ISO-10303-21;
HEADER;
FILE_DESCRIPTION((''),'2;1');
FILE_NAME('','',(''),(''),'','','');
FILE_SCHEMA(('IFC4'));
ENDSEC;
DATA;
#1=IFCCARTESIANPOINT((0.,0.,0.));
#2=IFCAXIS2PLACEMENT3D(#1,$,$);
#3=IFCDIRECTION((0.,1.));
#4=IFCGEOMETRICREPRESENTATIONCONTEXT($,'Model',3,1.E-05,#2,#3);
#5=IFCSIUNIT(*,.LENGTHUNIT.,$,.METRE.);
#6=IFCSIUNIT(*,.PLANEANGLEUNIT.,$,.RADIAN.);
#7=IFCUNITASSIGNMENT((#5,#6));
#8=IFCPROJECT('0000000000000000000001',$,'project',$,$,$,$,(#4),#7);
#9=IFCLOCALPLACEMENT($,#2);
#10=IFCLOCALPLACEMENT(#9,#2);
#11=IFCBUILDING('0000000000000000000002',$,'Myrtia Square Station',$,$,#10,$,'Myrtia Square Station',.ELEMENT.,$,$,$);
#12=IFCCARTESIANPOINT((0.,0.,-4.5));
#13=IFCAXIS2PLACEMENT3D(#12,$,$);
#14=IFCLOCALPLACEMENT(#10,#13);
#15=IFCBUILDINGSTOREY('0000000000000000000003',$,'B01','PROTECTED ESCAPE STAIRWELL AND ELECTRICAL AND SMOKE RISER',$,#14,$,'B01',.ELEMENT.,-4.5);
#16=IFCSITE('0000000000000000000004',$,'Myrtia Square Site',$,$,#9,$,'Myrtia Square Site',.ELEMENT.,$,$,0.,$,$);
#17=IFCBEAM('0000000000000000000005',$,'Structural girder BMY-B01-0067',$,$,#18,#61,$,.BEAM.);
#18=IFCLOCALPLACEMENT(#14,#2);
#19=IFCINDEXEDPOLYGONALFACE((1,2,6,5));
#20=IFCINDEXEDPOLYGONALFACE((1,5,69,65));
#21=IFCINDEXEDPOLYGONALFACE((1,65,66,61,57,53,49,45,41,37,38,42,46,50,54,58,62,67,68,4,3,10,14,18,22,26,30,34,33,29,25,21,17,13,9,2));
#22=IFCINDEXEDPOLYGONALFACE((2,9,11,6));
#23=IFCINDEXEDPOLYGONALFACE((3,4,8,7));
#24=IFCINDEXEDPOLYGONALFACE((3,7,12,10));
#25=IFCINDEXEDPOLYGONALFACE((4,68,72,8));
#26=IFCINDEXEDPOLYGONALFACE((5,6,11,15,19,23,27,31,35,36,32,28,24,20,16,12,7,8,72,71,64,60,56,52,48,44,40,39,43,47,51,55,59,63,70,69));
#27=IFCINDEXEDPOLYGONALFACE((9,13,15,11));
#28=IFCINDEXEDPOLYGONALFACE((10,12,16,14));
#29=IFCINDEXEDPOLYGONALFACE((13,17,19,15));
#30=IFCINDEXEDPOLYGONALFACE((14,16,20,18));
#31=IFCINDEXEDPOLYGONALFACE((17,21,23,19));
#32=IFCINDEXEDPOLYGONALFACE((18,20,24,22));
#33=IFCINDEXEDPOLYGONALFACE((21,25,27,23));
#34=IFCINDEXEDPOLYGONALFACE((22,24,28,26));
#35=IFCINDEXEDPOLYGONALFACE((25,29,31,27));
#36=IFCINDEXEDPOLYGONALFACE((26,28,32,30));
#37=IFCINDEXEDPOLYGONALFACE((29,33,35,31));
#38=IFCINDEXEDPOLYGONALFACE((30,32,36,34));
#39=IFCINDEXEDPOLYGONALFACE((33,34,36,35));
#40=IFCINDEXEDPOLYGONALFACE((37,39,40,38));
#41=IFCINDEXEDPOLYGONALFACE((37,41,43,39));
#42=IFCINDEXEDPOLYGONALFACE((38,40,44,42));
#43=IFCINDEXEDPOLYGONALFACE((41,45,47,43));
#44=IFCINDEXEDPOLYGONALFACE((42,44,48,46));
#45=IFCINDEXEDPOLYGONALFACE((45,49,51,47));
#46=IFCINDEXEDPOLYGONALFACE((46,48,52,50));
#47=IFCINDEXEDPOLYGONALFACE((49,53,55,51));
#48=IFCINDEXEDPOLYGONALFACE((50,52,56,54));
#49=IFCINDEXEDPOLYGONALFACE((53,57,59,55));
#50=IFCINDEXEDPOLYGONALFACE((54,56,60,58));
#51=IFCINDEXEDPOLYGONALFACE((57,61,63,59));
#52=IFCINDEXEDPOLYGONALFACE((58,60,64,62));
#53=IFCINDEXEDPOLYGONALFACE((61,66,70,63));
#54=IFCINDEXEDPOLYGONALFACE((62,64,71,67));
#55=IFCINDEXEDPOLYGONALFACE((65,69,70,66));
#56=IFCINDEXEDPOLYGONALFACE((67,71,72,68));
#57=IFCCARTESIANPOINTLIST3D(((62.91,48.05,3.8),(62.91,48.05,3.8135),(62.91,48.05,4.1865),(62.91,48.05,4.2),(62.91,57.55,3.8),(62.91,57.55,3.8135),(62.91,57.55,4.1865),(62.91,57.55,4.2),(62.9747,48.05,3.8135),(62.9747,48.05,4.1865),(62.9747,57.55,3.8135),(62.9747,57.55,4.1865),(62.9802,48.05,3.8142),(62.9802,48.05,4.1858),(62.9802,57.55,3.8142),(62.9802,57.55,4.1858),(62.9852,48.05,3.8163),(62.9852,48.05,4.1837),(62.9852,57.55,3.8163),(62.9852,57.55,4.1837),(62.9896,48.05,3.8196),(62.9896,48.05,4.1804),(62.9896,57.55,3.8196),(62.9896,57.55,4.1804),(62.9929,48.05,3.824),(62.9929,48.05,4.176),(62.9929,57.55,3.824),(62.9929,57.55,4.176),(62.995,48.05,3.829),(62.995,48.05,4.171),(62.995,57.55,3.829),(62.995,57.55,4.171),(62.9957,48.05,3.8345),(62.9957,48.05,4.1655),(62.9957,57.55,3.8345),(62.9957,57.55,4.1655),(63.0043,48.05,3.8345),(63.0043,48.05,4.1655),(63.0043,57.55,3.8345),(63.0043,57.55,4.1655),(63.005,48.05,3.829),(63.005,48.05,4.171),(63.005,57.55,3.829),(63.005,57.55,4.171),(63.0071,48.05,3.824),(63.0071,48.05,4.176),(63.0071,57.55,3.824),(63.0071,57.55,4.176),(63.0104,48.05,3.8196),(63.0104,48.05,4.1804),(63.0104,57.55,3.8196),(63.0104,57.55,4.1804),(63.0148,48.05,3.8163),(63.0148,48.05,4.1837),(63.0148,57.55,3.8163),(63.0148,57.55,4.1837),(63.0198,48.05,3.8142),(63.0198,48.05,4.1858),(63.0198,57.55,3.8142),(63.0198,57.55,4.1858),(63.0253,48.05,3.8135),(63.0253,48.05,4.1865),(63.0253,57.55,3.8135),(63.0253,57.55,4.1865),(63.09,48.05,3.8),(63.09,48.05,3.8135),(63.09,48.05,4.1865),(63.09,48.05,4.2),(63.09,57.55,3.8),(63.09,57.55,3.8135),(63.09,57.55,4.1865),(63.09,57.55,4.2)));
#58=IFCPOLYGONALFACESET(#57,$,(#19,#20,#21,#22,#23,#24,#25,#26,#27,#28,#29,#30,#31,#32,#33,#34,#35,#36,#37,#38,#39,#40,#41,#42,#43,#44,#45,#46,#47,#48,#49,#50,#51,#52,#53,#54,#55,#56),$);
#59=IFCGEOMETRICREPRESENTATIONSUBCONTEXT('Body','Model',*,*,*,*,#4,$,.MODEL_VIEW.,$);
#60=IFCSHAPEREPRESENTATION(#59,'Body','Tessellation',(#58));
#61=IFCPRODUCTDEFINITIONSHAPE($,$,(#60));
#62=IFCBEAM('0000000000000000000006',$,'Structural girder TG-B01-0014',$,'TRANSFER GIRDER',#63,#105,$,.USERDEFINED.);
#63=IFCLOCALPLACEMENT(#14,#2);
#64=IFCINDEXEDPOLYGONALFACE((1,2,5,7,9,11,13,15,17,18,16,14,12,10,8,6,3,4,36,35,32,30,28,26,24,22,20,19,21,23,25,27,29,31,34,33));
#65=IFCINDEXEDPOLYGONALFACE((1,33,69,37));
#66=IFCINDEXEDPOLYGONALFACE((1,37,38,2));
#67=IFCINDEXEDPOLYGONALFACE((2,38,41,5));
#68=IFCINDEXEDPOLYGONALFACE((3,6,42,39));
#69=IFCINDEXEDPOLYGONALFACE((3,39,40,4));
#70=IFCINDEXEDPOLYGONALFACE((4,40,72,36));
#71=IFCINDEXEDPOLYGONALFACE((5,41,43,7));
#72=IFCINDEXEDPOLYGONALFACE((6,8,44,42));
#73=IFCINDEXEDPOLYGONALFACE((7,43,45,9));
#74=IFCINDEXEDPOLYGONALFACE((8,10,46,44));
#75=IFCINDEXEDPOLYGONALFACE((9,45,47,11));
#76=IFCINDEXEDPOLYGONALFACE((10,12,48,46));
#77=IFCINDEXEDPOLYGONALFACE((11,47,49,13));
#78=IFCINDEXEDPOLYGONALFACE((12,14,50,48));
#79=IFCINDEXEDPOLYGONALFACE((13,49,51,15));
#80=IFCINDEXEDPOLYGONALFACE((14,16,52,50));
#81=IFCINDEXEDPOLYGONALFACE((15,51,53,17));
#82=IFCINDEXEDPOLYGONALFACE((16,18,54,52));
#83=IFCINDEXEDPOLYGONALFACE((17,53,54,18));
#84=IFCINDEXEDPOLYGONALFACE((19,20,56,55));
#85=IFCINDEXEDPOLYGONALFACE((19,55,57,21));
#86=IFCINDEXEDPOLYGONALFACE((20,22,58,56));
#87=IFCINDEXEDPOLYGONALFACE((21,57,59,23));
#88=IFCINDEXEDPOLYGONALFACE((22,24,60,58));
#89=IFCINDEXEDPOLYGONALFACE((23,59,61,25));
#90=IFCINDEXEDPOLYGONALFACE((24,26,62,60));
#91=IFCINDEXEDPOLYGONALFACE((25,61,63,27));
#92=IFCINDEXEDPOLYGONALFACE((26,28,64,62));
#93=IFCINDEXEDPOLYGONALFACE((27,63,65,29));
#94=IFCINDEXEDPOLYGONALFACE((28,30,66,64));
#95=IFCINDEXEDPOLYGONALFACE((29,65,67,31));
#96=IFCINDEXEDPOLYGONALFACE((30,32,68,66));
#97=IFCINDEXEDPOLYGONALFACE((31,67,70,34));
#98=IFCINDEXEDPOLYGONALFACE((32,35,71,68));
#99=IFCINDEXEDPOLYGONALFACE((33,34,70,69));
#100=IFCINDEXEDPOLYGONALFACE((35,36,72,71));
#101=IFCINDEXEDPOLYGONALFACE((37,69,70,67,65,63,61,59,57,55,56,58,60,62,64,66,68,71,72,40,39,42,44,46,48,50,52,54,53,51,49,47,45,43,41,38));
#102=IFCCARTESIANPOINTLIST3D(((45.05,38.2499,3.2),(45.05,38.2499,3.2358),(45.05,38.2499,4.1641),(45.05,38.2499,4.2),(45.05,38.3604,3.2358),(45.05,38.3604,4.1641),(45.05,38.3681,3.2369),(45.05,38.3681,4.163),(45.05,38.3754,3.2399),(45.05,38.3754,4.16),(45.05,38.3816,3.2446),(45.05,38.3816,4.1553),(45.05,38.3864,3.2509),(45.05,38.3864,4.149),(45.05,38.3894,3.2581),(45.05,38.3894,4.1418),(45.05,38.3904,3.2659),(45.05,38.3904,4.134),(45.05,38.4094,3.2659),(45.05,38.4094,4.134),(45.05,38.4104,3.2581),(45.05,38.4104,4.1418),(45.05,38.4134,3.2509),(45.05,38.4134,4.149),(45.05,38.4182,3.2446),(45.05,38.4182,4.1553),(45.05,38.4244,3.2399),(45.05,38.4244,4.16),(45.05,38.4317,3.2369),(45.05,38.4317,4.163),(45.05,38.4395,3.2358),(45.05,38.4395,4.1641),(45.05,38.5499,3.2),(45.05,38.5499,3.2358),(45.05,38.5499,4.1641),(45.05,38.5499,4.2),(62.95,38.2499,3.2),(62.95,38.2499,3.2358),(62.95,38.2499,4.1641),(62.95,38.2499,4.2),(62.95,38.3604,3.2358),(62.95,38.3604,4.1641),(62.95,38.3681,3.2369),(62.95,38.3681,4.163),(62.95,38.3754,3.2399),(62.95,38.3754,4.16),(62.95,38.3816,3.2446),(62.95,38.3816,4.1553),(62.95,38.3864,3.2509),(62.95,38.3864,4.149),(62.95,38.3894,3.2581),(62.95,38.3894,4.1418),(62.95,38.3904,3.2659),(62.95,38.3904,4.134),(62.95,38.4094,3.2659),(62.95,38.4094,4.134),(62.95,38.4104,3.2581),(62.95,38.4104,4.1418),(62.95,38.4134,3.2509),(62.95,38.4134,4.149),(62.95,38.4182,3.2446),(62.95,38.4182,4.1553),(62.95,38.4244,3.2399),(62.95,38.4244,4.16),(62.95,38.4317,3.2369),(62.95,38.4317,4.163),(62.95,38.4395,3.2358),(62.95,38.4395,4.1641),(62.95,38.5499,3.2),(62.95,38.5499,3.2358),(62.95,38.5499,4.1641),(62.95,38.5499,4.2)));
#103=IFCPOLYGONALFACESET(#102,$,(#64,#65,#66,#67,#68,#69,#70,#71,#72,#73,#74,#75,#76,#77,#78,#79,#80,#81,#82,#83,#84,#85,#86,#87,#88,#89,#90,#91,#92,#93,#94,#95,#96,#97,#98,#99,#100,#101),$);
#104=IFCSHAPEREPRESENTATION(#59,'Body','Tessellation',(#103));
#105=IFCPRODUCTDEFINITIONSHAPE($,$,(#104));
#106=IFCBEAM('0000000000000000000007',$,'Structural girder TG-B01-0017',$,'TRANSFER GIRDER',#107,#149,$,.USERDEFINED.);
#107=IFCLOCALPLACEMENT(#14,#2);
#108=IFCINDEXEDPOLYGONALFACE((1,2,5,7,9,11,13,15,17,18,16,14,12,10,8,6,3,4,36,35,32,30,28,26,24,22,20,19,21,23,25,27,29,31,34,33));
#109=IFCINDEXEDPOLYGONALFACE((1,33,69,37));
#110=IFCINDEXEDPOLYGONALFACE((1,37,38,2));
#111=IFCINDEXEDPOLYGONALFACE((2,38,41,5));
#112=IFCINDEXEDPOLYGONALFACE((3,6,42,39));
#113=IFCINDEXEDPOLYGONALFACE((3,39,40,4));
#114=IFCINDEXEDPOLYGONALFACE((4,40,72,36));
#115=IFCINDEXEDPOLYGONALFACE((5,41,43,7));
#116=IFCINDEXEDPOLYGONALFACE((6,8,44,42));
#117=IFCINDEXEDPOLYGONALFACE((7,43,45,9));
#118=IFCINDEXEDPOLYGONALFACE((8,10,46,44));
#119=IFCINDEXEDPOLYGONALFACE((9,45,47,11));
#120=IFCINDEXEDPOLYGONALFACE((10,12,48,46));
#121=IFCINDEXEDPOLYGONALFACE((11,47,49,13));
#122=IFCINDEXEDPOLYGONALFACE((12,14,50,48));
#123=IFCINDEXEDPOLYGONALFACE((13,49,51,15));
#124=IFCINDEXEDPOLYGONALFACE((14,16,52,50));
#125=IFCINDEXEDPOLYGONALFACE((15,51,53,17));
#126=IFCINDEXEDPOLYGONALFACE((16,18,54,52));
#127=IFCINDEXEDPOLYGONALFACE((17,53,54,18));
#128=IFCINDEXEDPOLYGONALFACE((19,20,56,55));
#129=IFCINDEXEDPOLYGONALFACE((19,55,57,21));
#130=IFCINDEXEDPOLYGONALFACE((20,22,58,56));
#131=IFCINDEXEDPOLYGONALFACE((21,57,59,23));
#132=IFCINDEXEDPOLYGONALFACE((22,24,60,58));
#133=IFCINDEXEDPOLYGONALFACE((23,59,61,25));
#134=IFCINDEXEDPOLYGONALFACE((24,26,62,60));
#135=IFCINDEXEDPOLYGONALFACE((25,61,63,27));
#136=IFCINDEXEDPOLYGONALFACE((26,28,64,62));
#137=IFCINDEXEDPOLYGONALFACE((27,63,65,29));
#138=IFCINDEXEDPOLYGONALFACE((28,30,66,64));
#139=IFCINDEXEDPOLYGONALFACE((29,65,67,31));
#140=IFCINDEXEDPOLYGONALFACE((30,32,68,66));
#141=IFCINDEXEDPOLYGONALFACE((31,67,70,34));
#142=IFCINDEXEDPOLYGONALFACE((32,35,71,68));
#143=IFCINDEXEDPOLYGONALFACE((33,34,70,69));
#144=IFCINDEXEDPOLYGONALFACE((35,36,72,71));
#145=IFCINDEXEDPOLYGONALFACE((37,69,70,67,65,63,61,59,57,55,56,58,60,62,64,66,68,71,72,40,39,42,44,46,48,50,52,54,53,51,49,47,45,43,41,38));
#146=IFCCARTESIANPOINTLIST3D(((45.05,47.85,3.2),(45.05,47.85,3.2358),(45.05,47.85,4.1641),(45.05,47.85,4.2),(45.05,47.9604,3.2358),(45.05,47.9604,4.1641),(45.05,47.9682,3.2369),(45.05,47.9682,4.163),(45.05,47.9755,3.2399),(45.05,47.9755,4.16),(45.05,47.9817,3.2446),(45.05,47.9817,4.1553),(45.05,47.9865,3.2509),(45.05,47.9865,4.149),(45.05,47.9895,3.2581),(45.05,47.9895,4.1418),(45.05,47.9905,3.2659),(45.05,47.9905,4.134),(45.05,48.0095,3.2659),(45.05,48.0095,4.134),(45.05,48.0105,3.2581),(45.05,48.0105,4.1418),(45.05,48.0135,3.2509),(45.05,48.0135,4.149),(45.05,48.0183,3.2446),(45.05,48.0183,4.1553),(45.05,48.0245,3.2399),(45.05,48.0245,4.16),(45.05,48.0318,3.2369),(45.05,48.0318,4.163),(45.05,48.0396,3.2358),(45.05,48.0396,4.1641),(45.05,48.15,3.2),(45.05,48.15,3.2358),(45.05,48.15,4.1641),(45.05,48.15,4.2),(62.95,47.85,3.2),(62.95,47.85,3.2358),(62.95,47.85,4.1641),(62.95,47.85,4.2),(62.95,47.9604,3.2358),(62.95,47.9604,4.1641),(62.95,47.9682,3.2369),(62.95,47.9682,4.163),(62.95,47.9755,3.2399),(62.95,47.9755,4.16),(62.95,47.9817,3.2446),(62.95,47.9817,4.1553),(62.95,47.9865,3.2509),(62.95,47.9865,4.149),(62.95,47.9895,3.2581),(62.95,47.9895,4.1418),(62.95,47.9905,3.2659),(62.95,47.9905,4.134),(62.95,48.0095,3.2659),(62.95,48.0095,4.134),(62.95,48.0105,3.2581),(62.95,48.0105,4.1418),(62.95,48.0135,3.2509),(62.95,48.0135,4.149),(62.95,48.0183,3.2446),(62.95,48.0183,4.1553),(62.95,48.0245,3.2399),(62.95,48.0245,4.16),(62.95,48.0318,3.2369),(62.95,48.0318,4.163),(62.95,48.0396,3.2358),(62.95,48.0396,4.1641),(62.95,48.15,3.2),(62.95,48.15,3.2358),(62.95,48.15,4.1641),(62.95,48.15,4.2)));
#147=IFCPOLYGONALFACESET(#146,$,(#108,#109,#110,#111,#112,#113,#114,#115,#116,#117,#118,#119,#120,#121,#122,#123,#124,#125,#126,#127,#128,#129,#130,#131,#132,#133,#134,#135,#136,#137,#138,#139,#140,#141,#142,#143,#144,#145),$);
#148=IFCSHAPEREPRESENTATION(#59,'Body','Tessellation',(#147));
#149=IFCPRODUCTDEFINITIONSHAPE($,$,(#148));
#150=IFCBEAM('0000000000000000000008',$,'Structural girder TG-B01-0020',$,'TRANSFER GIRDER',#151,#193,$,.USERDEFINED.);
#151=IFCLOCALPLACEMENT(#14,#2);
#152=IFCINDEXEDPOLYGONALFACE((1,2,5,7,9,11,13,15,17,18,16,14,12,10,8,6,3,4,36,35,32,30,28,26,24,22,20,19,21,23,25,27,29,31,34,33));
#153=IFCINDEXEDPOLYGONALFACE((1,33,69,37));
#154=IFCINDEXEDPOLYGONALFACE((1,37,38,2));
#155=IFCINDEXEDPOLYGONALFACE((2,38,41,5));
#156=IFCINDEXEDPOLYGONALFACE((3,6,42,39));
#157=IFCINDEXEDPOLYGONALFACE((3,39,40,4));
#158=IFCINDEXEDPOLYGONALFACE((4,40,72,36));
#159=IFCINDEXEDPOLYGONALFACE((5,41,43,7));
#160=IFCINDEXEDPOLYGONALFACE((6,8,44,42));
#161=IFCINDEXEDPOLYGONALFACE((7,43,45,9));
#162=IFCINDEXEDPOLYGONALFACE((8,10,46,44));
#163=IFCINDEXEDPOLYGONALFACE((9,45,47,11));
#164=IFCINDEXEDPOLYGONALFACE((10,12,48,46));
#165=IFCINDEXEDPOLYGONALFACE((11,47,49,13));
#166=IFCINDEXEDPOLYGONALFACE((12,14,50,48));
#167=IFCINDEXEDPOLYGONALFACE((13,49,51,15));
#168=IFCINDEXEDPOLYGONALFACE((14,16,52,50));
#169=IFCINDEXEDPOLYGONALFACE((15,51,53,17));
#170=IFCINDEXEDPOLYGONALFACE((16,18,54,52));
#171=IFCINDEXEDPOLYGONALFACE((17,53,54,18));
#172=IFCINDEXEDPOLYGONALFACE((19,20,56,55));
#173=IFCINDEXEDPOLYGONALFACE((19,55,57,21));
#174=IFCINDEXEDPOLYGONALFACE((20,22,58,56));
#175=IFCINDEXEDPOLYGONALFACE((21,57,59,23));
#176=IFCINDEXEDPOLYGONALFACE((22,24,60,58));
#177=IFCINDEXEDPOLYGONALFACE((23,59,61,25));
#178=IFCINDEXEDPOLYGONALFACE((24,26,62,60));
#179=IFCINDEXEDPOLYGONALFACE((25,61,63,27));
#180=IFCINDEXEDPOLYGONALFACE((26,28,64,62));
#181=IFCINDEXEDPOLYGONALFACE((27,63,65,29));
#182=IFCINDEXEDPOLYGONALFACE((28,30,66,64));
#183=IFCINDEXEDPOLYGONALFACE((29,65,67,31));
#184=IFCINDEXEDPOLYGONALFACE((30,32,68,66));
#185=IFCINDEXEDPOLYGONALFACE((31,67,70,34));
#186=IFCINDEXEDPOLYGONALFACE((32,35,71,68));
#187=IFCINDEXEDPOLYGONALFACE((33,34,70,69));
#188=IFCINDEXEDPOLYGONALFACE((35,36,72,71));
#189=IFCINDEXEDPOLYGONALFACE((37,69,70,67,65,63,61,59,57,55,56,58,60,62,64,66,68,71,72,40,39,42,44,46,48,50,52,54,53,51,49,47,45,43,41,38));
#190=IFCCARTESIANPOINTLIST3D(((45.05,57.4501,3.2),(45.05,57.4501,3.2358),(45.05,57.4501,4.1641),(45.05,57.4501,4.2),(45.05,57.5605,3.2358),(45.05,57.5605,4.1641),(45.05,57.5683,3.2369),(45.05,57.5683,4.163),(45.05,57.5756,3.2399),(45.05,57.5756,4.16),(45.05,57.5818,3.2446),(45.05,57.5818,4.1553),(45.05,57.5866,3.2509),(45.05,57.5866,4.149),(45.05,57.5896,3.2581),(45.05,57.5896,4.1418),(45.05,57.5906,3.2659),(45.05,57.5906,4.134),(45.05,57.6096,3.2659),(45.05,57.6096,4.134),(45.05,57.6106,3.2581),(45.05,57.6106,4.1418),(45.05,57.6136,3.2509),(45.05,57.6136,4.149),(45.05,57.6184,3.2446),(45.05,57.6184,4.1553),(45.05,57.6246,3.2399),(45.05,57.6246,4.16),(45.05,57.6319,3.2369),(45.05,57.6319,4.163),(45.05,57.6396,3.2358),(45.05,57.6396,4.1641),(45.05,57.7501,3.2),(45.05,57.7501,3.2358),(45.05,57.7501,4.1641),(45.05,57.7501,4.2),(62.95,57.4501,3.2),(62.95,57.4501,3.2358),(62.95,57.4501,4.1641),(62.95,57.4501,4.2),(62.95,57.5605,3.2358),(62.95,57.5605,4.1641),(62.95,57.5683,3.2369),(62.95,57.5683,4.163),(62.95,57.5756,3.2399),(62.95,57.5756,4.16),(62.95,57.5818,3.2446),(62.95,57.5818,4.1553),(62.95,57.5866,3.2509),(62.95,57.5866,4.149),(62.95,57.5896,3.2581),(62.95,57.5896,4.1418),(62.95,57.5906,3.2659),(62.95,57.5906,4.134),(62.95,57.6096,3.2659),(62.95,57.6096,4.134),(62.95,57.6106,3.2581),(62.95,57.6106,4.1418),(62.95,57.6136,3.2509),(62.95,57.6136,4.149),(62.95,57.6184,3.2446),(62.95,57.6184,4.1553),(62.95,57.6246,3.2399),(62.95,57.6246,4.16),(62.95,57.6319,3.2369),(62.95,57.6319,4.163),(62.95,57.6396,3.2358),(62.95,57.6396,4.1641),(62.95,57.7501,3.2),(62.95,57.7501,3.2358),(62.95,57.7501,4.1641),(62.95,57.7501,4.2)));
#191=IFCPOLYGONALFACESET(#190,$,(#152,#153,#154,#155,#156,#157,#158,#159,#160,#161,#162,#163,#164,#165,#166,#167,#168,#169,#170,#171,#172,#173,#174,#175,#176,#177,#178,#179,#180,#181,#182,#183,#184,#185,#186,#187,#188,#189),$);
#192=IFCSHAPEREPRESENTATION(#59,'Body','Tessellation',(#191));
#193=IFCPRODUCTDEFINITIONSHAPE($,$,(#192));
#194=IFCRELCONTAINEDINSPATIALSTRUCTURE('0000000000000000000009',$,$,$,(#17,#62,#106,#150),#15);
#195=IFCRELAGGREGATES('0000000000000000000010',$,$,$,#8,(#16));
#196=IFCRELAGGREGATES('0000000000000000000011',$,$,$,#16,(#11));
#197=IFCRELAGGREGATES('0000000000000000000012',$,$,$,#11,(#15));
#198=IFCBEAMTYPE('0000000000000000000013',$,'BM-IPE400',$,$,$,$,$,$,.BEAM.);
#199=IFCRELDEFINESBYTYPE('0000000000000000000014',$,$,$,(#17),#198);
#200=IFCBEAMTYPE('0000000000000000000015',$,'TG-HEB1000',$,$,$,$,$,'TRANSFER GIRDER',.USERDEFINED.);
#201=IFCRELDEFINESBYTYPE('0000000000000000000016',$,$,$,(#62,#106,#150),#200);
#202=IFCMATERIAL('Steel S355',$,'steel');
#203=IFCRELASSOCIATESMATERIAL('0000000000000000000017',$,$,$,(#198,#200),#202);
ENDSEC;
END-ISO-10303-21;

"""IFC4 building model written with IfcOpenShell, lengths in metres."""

from ifc_helpers import new_model, si_unit, direction, frame, origin, origin_2d, place, context, subcontext, project, spatial, i_section, extrude, material, material_profile, profile_set, type_object, element, save


model = new_model("IFC4")

# Units and contexts
model_context = context("Model", 3, precision=1e-05, world=origin(), true_north=direction((0.0, 1.0)))
body_context = subcontext(model_context, "Body", "Model", "MODEL_VIEW")
ifc_project = project(units=[si_unit("LENGTHUNIT", "METRE"), si_unit("PLANEANGLEUNIT", "RADIAN")], contexts=[model_context])

# Site, building, storey
site_placement = place(None, origin())
site = spatial("IfcSite", under=ifc_project, at=site_placement, Name="Myrtia Square Site", LongName="Myrtia Square Site", CompositionType="ELEMENT", RefElevation=0.0)
building_placement = place(site_placement, origin())
building = spatial("IfcBuilding", under=site, at=building_placement, Name="Myrtia Square Station", LongName="Myrtia Square Station", CompositionType="ELEMENT")
storey_placement = place(building_placement, frame((0.0, 0.0, -4.5)))
storey = spatial("IfcBuildingStorey", under=building, at=storey_placement, Name="B01", Description="PROTECTED ESCAPE STAIRWELL AND ELECTRICAL AND SMOKE RISER", LongName="B01", CompositionType="ELEMENT", Elevation=-4.5)

# Shared definitions
ifc_material_1 = material(Name="Steel S355", Category="steel")

# Beams
ifc_material_profile_1 = material_profile(ifc_material_1, i_section(OverallWidth=0.1799, OverallDepth=0.3999, WebThickness=0.0085, FlangeThickness=0.0134, FilletRadius=0.021, at=origin_2d()), Name="IPE 400")
ifc_profile_set_1 = profile_set([ifc_material_profile_1], Name="Steel S355")
beam_type_1 = type_object("IfcBeamType", Name="BM-IPE400", PredefinedType="BEAM", material=ifc_profile_set_1)
for number, where, z_axis, x_axis, name in (
    (1, (63.0, 48.05, 4.0), (0.0, 1.0, 0.0), (-1.0, 0.0, 0.0), "Structural girder BMY-B01-0067"),
):
    element("IfcBeam", number, at=place(storey_placement, frame(where, z_axis=z_axis, x_axis=x_axis)), inside=storey, type_object=beam_type_1, Name=name, PredefinedType="BEAM", context=body_context, shape_type="SweptSolid", body=[
        extrude(i_section(OverallWidth=0.1799, OverallDepth=0.3999, WebThickness=0.0085, FlangeThickness=0.0134, FilletRadius=0.021, at=origin_2d()), origin(), (0.0, 0.0, 1.0), 9.5),
    ])
ifc_material_profile_2 = material_profile(ifc_material_1, i_section(OverallWidth=0.3, OverallDepth=1.0, WebThickness=0.019, FlangeThickness=0.0359, FilletRadius=0.03, at=origin_2d()), Name="HEB 1000")
ifc_profile_set_2 = profile_set([ifc_material_profile_2], Name="Steel S355")
beam_type_2 = type_object("IfcBeamType", Name="TG-HEB1000", ElementType="TRANSFER GIRDER", PredefinedType="USERDEFINED", material=ifc_profile_set_2)
for number, where, z_axis, x_axis, name in (
    (2, (45.05, 38.3999, 3.7), (1.0, 0.0, 0.0), (0.0, 1.0, 0.0), "Structural girder TG-B01-0014"),
    (3, (45.05, 48.0, 3.7), (1.0, 0.0, 0.0), (0.0, 1.0, 0.0), "Structural girder TG-B01-0017"),
    (4, (45.05, 57.6001, 3.7), (1.0, 0.0, 0.0), (0.0, 1.0, 0.0), "Structural girder TG-B01-0020"),
):
    element("IfcBeam", number, at=place(storey_placement, frame(where, z_axis=z_axis, x_axis=x_axis)), inside=storey, type_object=beam_type_2, Name=name, ObjectType="TRANSFER GIRDER", PredefinedType="USERDEFINED", context=body_context, shape_type="SweptSolid", body=[
        extrude(i_section(OverallWidth=0.3, OverallDepth=1.0, WebThickness=0.019, FlangeThickness=0.0359, FilletRadius=0.03, at=origin_2d()), origin(), (0.0, 0.0, 1.0), 17.8999),
    ])

save(model, "model.ifc")
